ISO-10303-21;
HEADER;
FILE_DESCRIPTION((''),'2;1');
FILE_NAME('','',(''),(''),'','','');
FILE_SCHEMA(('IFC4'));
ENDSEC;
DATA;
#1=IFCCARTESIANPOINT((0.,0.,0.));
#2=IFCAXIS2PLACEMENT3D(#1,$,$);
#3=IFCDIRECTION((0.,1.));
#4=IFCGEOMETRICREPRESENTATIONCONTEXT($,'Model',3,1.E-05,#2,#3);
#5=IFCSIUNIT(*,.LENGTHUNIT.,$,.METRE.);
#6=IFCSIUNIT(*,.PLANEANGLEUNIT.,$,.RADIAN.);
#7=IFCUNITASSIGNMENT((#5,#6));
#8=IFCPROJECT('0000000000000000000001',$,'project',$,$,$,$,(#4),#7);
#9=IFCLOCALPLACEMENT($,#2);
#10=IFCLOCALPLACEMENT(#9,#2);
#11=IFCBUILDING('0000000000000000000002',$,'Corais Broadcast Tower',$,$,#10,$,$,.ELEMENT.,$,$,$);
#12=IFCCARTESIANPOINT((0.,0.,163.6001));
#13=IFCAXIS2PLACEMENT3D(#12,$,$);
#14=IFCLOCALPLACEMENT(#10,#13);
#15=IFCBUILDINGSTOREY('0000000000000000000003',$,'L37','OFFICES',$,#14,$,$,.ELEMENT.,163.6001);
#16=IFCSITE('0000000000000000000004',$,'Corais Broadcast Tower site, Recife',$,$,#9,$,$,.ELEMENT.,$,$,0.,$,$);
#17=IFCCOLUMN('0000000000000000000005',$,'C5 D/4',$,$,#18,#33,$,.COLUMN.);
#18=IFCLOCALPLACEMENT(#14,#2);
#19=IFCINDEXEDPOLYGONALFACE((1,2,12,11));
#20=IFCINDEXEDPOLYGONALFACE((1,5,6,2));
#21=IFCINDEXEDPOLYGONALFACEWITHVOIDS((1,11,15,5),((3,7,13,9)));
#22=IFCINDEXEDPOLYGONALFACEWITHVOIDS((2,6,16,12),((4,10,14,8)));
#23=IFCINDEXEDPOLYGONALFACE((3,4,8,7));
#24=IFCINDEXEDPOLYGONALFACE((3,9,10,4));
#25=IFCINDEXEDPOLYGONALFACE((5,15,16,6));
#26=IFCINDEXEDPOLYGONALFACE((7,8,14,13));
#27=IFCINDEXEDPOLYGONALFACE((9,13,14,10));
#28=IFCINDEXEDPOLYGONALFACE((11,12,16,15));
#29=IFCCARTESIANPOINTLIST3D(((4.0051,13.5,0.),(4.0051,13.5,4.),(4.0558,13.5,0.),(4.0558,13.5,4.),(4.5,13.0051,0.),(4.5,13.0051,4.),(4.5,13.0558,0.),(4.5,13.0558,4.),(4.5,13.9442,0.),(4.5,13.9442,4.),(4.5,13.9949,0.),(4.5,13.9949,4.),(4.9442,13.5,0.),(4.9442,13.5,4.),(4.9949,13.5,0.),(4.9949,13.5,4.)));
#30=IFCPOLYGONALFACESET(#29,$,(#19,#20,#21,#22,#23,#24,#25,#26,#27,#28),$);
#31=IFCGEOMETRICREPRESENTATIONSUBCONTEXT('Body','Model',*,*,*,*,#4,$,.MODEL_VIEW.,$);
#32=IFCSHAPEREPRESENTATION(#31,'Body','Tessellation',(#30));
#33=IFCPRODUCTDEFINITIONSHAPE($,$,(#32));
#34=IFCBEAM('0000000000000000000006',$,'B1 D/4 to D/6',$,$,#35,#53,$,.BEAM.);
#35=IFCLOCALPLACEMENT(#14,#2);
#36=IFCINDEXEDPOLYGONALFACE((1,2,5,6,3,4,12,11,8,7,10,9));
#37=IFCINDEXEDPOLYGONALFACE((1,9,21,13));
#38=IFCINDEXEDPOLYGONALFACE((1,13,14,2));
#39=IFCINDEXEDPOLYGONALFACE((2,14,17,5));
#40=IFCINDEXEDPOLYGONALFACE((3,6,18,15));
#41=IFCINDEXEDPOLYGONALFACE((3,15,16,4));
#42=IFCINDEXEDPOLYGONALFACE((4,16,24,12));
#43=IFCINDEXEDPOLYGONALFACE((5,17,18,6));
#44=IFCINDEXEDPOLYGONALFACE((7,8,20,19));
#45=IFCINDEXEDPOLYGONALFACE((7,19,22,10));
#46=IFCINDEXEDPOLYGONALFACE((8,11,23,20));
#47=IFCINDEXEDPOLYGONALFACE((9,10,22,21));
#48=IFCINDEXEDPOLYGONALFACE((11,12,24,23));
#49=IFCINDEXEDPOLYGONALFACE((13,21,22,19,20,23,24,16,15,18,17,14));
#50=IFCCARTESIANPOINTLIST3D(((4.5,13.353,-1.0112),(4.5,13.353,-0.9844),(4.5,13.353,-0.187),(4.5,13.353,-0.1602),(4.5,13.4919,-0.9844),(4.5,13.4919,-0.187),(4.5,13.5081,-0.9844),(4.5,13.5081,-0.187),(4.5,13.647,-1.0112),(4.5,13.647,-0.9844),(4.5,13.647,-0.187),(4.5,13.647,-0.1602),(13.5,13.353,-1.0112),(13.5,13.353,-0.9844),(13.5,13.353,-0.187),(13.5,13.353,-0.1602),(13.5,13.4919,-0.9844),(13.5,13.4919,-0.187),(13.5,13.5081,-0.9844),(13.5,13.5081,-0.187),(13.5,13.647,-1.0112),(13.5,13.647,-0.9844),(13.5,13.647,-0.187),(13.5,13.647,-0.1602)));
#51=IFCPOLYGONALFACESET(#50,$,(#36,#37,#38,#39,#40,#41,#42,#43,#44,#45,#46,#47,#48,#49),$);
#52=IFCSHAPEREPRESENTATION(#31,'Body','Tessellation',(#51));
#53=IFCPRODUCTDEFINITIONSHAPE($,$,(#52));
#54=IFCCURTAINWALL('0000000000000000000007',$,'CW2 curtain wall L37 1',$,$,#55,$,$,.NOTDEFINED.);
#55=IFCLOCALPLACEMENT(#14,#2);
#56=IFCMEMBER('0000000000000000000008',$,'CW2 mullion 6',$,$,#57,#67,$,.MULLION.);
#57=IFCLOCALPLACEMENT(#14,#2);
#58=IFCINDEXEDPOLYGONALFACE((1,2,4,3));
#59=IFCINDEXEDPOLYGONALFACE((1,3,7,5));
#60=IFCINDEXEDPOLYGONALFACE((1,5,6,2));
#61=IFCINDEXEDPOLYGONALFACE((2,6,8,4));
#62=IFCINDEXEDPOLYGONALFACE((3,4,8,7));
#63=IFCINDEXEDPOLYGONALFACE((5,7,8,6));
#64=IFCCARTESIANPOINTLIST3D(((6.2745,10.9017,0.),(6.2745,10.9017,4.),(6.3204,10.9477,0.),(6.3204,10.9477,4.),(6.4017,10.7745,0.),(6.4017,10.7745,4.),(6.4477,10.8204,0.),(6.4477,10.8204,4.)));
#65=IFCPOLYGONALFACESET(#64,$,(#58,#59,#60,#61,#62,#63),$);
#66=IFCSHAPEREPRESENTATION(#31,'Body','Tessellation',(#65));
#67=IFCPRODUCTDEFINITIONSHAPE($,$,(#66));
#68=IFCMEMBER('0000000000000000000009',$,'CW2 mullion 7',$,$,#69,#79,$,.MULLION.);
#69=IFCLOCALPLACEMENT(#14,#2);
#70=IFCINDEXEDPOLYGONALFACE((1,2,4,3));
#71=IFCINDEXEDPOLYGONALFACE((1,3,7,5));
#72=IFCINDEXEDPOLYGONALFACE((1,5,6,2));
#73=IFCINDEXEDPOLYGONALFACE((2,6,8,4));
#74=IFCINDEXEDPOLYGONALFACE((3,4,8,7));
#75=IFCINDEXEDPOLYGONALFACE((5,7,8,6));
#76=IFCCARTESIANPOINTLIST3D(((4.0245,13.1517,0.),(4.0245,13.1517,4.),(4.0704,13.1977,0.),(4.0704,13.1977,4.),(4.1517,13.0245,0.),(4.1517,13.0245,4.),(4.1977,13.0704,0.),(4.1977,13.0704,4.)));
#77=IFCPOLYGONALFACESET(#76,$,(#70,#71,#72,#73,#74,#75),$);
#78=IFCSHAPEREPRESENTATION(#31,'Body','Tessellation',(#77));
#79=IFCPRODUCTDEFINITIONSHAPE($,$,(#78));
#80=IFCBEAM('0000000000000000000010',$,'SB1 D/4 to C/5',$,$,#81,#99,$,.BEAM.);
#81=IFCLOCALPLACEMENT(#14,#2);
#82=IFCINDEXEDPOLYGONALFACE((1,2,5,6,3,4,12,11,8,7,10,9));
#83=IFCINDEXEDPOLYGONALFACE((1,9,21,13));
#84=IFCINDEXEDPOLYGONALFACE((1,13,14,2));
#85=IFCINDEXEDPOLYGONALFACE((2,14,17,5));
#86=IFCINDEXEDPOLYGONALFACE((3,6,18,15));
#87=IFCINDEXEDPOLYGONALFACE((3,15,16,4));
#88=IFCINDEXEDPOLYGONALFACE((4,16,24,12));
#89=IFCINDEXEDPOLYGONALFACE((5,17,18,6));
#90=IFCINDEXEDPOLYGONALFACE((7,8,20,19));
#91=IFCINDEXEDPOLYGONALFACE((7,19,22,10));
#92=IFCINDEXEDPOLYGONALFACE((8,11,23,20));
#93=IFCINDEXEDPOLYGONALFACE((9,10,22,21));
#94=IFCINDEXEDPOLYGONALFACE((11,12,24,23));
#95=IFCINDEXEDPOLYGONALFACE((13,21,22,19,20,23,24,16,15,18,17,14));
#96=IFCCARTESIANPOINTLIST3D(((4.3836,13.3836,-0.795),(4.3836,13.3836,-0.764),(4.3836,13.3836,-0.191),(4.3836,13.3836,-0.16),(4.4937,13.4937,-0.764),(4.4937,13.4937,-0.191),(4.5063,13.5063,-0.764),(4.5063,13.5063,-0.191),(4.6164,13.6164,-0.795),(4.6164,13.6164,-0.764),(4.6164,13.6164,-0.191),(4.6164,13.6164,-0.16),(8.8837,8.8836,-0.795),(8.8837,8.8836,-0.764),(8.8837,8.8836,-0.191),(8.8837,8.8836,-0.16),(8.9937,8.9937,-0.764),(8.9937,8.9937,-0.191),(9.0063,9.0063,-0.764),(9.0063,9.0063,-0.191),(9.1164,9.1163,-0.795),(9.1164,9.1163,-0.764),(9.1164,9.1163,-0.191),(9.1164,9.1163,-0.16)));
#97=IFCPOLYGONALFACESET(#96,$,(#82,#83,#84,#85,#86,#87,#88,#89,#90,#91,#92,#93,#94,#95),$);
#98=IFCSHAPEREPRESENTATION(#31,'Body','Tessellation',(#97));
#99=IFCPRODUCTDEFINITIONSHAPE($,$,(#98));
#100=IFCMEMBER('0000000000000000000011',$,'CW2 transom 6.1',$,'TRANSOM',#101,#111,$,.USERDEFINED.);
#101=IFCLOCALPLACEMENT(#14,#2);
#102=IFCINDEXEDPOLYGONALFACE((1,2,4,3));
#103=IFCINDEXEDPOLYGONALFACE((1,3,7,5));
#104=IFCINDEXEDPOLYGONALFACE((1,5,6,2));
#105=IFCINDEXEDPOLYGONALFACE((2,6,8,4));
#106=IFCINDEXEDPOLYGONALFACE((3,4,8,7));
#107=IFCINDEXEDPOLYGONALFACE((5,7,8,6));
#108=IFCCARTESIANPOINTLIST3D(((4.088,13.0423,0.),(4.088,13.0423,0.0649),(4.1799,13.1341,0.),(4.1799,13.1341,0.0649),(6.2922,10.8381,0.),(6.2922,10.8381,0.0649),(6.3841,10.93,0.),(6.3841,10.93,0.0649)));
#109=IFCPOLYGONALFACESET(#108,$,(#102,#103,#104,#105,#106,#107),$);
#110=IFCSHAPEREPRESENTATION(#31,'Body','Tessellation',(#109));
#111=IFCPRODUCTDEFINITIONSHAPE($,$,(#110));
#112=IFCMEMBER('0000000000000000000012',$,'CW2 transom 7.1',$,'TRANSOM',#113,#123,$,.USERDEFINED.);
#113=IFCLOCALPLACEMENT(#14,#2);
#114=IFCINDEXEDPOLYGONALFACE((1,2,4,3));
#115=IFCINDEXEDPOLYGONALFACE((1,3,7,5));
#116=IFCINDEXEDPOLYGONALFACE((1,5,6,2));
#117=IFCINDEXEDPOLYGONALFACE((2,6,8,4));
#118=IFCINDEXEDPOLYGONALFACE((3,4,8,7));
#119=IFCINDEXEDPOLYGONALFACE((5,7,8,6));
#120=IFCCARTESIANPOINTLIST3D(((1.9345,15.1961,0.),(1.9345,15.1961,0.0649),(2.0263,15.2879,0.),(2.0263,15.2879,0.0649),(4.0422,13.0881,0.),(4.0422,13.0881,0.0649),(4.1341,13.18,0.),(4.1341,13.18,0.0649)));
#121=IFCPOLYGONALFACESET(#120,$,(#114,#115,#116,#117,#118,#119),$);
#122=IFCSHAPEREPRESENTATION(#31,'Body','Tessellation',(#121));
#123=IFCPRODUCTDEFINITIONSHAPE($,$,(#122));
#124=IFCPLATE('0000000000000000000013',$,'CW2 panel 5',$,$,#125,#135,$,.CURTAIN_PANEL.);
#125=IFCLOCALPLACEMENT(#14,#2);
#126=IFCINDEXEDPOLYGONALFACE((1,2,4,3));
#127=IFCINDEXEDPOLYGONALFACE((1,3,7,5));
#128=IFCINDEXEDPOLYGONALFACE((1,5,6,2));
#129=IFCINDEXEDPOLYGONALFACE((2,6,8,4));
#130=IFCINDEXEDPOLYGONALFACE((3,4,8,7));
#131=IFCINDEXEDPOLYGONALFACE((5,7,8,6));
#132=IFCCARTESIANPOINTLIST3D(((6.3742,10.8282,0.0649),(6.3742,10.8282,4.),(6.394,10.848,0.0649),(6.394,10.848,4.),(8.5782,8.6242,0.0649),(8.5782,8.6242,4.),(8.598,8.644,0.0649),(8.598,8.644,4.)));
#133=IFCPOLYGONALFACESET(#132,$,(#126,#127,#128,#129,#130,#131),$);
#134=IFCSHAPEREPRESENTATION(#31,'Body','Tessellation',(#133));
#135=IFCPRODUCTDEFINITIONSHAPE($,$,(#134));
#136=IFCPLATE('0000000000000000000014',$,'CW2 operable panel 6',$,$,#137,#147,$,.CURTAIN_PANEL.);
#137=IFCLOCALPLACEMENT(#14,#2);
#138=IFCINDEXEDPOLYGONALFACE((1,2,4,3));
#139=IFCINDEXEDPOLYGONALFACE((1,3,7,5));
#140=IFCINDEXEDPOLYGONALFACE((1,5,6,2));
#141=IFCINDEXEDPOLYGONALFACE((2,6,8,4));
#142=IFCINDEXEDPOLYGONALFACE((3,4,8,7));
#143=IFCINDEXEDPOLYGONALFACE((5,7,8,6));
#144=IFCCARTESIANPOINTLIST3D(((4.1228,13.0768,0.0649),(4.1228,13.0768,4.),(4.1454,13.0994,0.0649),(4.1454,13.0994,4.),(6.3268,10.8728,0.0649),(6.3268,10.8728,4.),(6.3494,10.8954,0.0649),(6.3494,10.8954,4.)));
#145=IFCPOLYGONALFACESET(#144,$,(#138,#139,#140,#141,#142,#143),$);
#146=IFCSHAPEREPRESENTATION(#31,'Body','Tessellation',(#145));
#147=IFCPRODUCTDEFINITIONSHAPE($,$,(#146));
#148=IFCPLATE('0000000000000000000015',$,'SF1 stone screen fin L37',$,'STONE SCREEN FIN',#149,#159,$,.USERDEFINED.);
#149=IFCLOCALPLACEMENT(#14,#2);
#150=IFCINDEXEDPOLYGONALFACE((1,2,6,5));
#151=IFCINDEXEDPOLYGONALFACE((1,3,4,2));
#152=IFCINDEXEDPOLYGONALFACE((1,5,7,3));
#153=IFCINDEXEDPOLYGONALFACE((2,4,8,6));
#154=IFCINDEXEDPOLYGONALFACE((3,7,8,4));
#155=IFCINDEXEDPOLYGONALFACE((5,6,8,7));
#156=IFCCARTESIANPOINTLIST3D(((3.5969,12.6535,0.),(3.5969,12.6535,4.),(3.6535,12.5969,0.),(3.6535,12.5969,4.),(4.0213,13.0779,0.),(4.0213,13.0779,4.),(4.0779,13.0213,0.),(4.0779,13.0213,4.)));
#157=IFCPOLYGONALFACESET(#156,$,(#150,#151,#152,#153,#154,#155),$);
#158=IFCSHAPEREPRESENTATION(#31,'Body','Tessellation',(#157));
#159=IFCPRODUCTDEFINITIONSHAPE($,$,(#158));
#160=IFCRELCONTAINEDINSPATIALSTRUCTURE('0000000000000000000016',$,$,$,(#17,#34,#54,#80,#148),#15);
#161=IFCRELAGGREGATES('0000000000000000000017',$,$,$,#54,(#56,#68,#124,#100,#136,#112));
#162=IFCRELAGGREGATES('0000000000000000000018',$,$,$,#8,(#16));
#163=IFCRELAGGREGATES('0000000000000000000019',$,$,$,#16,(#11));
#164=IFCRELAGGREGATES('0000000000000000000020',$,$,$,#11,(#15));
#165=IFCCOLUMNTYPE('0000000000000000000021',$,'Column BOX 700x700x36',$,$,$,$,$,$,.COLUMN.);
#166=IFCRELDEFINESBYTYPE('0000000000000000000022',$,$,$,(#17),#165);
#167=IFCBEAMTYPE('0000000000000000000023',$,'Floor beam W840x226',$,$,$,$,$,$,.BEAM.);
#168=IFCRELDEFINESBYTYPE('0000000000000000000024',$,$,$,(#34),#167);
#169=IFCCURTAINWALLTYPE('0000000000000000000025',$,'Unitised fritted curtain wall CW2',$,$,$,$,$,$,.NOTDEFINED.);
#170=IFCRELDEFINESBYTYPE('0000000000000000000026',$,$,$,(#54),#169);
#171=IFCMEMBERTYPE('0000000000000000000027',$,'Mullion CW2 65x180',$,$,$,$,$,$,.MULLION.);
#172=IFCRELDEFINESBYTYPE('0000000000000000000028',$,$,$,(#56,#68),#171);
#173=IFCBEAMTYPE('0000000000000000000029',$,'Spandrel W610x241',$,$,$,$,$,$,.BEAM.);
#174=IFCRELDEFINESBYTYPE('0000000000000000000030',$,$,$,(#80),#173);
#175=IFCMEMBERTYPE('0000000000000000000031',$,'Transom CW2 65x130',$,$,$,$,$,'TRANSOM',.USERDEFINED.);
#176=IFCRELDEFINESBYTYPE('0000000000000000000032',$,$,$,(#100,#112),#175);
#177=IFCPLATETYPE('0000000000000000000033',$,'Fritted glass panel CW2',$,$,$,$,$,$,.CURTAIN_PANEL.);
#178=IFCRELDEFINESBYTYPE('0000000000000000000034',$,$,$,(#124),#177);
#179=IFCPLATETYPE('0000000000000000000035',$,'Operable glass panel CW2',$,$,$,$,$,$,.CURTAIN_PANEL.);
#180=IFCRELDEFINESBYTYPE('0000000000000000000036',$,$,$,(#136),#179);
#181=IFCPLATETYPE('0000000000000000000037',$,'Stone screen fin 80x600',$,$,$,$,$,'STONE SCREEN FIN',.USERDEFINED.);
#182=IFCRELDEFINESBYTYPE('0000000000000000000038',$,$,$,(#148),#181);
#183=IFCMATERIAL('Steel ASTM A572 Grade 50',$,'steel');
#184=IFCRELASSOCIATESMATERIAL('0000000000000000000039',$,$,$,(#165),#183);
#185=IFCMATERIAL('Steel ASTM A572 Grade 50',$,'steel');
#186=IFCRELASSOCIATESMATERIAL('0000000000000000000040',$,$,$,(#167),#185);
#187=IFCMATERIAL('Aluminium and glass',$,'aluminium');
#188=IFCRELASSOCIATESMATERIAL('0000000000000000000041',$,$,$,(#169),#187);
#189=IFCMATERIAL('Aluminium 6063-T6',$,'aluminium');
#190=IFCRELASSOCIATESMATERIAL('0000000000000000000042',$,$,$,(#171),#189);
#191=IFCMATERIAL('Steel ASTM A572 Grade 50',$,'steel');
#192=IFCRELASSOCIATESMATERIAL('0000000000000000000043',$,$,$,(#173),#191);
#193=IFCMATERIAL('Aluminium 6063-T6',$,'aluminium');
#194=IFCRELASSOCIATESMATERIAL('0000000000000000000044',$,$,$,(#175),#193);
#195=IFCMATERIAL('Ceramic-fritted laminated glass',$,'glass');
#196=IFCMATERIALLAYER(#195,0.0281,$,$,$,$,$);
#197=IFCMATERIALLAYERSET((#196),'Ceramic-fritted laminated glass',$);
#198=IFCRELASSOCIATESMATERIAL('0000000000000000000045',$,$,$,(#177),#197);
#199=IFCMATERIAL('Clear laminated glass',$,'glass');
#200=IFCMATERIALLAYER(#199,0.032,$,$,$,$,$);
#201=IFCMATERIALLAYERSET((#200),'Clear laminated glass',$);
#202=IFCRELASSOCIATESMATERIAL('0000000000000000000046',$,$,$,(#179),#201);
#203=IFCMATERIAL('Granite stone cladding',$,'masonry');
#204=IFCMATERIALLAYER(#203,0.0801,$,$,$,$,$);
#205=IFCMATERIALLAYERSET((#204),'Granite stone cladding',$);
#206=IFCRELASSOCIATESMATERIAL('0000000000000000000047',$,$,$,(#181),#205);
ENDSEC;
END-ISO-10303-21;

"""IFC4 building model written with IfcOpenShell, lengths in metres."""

from ifc_helpers import new_model, si_unit, direction, frame, origin, origin_2d, place, context, subcontext, project, spatial, rectangle, hollow_rectangle, i_section, extrude, material, layer, layer_set, material_profile, profile_set, type_object, element, aggregate, save


model = new_model("IFC4")

# Units and contexts
model_context = context("Model", 3, precision=1e-05, world=origin(), true_north=direction((0.0, 1.0)))
body_context = subcontext(model_context, "Body", "Model", "MODEL_VIEW")
ifc_project = project(units=[si_unit("LENGTHUNIT", "METRE"), si_unit("PLANEANGLEUNIT", "RADIAN")], contexts=[model_context])

# Site, building, storey
site_placement = place(None, origin())
site = spatial("IfcSite", under=ifc_project, at=site_placement, Name="Corais Broadcast Tower site, Recife", CompositionType="ELEMENT", RefElevation=0.0)
building_placement = place(site_placement, origin())
building = spatial("IfcBuilding", under=site, at=building_placement, Name="Corais Broadcast Tower", CompositionType="ELEMENT")
storey_placement = place(building_placement, frame((0.0, 0.0, 163.6001)))
storey = spatial("IfcBuildingStorey", under=building, at=storey_placement, Name="L37", Description="OFFICES", CompositionType="ELEMENT", Elevation=163.6001)

# Column
ifc_material_1 = material(Name="Steel ASTM A572 Grade 50", Category="steel")
ifc_material_profile_1 = material_profile(ifc_material_1, hollow_rectangle(XDim=0.7, YDim=0.7, WallThickness=0.0359, at=origin_2d()), Name="BOX 700x700x36")
ifc_profile_set_1 = profile_set([ifc_material_profile_1], Name="Steel ASTM A572 Grade 50")
column_type = type_object("IfcColumnType", Name="Column BOX 700x700x36", PredefinedType="COLUMN", material=ifc_profile_set_1)
column_placement = place(storey_placement, frame((4.5, 13.5, 0.0), z_axis=(0.0, 0.0, 1.0), x_axis=(0.707107, 0.707107, 0.0)))
element("IfcColumn", 1, at=column_placement, inside=storey, type_object=column_type, Name="C5 D/4", PredefinedType="COLUMN", context=body_context, shape_type="SweptSolid", body=[
    extrude(hollow_rectangle(XDim=0.7, YDim=0.7, WallThickness=0.0359, at=origin_2d()), origin(), (0.0, 0.0, 1.0), 4.0),
])

# Beam
ifc_material_2 = material(Name="Steel ASTM A572 Grade 50", Category="steel")
ifc_material_profile_2 = material_profile(ifc_material_2, i_section(OverallWidth=0.2939, OverallDepth=0.8511, WebThickness=0.0161, FlangeThickness=0.0269, at=origin_2d()), Name="W840x226")
ifc_profile_set_2 = profile_set([ifc_material_profile_2], Name="Steel ASTM A572 Grade 50")
beam_type_1 = type_object("IfcBeamType", Name="Floor beam W840x226", PredefinedType="BEAM", material=ifc_profile_set_2)
beam_1_placement = place(storey_placement, frame((4.5, 13.5, -0.5857), z_axis=(1.0, 0.0, 0.0), x_axis=(0.0, 1.0, 0.0)))
element("IfcBeam", 2, at=beam_1_placement, inside=storey, type_object=beam_type_1, Name="B1 D/4 to D/6", PredefinedType="BEAM", context=body_context, shape_type="SweptSolid", body=[
    extrude(i_section(OverallWidth=0.2939, OverallDepth=0.8511, WebThickness=0.0161, FlangeThickness=0.0269, at=origin_2d()), origin(), (0.0, 0.0, 1.0), 9.0),
])

# Curtain wall, members
ifc_material_3 = material(Name="Aluminium and glass", Category="aluminium")
curtain_wall_type = type_object("IfcCurtainWallType", Name="Unitised fritted curtain wall CW2", PredefinedType="NOTDEFINED", material=ifc_material_3)
curtain_wall_placement = place(storey_placement, origin())
curtain_wall = element("IfcCurtainWall", 3, at=curtain_wall_placement, inside=storey, type_object=curtain_wall_type, Name="CW2 curtain wall L37 1", PredefinedType="NOTDEFINED")
ifc_material_4 = material(Name="Aluminium 6063-T6", Category="aluminium")
ifc_material_profile_3 = material_profile(ifc_material_4, rectangle(XDim=0.0649, YDim=0.1799, at=origin_2d()), Name="Mullion CW2 65x180")
ifc_profile_set_3 = profile_set([ifc_material_profile_3], Name="Aluminium 6063-T6")
member_type_1 = type_object("IfcMemberType", Name="Mullion CW2 65x180", PredefinedType="MULLION", material=ifc_profile_set_3)
member_1_placement = place(storey_placement, frame((6.3611, 10.8611, 0.0), z_axis=(0.0, 0.0, 1.0), x_axis=(-0.707107, -0.707107, 0.0)))
member_1 = element("IfcMember", 4, at=member_1_placement, type_object=member_type_1, Name="CW2 mullion 6", PredefinedType="MULLION", context=body_context, shape_type="SweptSolid", body=[
    extrude(rectangle(XDim=0.0649, YDim=0.1799, at=origin_2d()), origin(), (0.0, 0.0, 1.0), 4.0),
])
member_2_placement = place(storey_placement, frame((4.1111, 13.1111, 0.0), z_axis=(0.0, 0.0, 1.0), x_axis=(-0.707107, -0.707107, 0.0)))
member_2 = element("IfcMember", 5, at=member_2_placement, type_object=member_type_1, Name="CW2 mullion 7", PredefinedType="MULLION", context=body_context, shape_type="SweptSolid", body=[
    extrude(rectangle(XDim=0.0649, YDim=0.1799, at=origin_2d()), origin(), (0.0, 0.0, 1.0), 4.0),
])

# Beam
ifc_material_5 = material(Name="Steel ASTM A572 Grade 50", Category="steel")
ifc_material_profile_4 = material_profile(ifc_material_5, i_section(OverallWidth=0.3291, OverallDepth=0.635, WebThickness=0.0178, FlangeThickness=0.031, at=origin_2d()), Name="W610x241")
ifc_profile_set_4 = profile_set([ifc_material_profile_4], Name="Steel ASTM A572 Grade 50")
beam_type_2 = type_object("IfcBeamType", Name="Spandrel W610x241", PredefinedType="BEAM", material=ifc_profile_set_4)
beam_2_placement = place(storey_placement, frame((4.5, 13.5, -0.4775), z_axis=(0.707107, -0.707107, 0.0), x_axis=(0.707107, 0.707107, 0.0)))
element("IfcBeam", 6, at=beam_2_placement, inside=storey, type_object=beam_type_2, Name="SB1 D/4 to C/5", PredefinedType="BEAM", context=body_context, shape_type="SweptSolid", body=[
    extrude(i_section(OverallWidth=0.3291, OverallDepth=0.635, WebThickness=0.0178, FlangeThickness=0.031, at=origin_2d()), origin(), (0.0, 0.0, 1.0), 6.364),
])

# Members
ifc_material_6 = material(Name="Aluminium 6063-T6", Category="aluminium")
ifc_material_profile_5 = material_profile(ifc_material_6, rectangle(XDim=0.1299, YDim=0.0649, at=origin_2d()), Name="Transom CW2 65x130")
ifc_profile_set_5 = profile_set([ifc_material_profile_5], Name="Aluminium 6063-T6")
member_type_2 = type_object("IfcMemberType", Name="Transom CW2 65x130", ElementType="TRANSOM", PredefinedType="USERDEFINED", material=ifc_profile_set_5)
member_3_placement = place(storey_placement, frame((6.3381, 10.884, 0.0325), z_axis=(-0.707107, 0.707107, 0.0), x_axis=(-0.707107, -0.707107, 0.0)))
member_3 = element("IfcMember", 7, at=member_3_placement, type_object=member_type_2, Name="CW2 transom 6.1", ObjectType="TRANSOM", PredefinedType="USERDEFINED", context=body_context, shape_type="SweptSolid", body=[
    extrude(rectangle(XDim=0.1299, YDim=0.0649, at=origin_2d()), origin(), (0.0, 0.0, 1.0), 3.1172),
])
member_4_placement = place(storey_placement, frame((4.0881, 13.134, 0.0325), z_axis=(-0.707066, 0.707148, 0.0), x_axis=(-0.707148, -0.707066, 0.0)))
member_4 = element("IfcMember", 8, at=member_4_placement, type_object=member_type_2, Name="CW2 transom 7.1", ObjectType="TRANSOM", PredefinedType="USERDEFINED", context=body_context, shape_type="SweptSolid", body=[
    extrude(rectangle(XDim=0.1299, YDim=0.0649, at=origin_2d()), origin(), (0.0, 0.0, 1.0), 2.981),
])

# Plates
ifc_material_7 = material(Name="Ceramic-fritted laminated glass", Category="glass")
ifc_layer_1 = layer(ifc_material_7, 0.0281)
ifc_layer_set_1 = layer_set([ifc_layer_1], Name="Ceramic-fritted laminated glass")
plate_type_1 = type_object("IfcPlateType", Name="Fritted glass panel CW2", PredefinedType="CURTAIN_PANEL", material=ifc_layer_set_1)
plate_1_placement = place(storey_placement, frame((7.4861, 9.7361, 0.0649), z_axis=(0.0, 0.0, 1.0), x_axis=(-0.707107, 0.707107, 0.0)))
plate_1 = element("IfcPlate", 9, at=plate_1_placement, type_object=plate_type_1, Name="CW2 panel 5", PredefinedType="CURTAIN_PANEL", context=body_context, shape_type="SweptSolid", body=[
    extrude(rectangle(XDim=3.1169, YDim=0.0281, at=origin_2d()), origin(), (0.0, 0.0, 1.0), 3.9351),
])
ifc_material_8 = material(Name="Clear laminated glass", Category="glass")
ifc_layer_2 = layer(ifc_material_8, 0.032)
ifc_layer_set_2 = layer_set([ifc_layer_2], Name="Clear laminated glass")
plate_type_2 = type_object("IfcPlateType", Name="Operable glass panel CW2", PredefinedType="CURTAIN_PANEL", material=ifc_layer_set_2)
plate_2_placement = place(storey_placement, frame((5.2361, 11.9861, 0.0649), z_axis=(0.0, 0.0, 1.0), x_axis=(-0.707107, 0.707107, 0.0)))
plate_2 = element("IfcPlate", 10, at=plate_2_placement, type_object=plate_type_2, Name="CW2 operable panel 6", PredefinedType="CURTAIN_PANEL", context=body_context, shape_type="SweptSolid", body=[
    extrude(rectangle(XDim=3.1169, YDim=0.032, at=origin_2d()), origin(), (0.0, 0.0, 1.0), 3.9351),
])
aggregate(curtain_wall, [member_1, member_2, plate_1, member_3, plate_2, member_4])
ifc_material_9 = material(Name="Granite stone cladding", Category="masonry")
ifc_layer_3 = layer(ifc_material_9, 0.0801)
ifc_layer_set_3 = layer_set([ifc_layer_3], Name="Granite stone cladding")
plate_type_3 = type_object("IfcPlateType", Name="Stone screen fin 80x600", ElementType="STONE SCREEN FIN", PredefinedType="USERDEFINED", material=ifc_layer_set_3)
plate_3_placement = place(storey_placement, frame((3.8374, 12.8374, 0.0), z_axis=(0.0, 0.0, 1.0), x_axis=(-0.707107, 0.707107, 0.0)))
element("IfcPlate", 11, at=plate_3_placement, inside=storey, type_object=plate_type_3, Name="SF1 stone screen fin L37", ObjectType="STONE SCREEN FIN", PredefinedType="USERDEFINED", context=body_context, shape_type="SweptSolid", body=[
    extrude(rectangle(XDim=0.0801, YDim=0.6001, at=origin_2d()), origin(), (0.0, 0.0, 1.0), 4.0),
])

save(model, "model.ifc")
